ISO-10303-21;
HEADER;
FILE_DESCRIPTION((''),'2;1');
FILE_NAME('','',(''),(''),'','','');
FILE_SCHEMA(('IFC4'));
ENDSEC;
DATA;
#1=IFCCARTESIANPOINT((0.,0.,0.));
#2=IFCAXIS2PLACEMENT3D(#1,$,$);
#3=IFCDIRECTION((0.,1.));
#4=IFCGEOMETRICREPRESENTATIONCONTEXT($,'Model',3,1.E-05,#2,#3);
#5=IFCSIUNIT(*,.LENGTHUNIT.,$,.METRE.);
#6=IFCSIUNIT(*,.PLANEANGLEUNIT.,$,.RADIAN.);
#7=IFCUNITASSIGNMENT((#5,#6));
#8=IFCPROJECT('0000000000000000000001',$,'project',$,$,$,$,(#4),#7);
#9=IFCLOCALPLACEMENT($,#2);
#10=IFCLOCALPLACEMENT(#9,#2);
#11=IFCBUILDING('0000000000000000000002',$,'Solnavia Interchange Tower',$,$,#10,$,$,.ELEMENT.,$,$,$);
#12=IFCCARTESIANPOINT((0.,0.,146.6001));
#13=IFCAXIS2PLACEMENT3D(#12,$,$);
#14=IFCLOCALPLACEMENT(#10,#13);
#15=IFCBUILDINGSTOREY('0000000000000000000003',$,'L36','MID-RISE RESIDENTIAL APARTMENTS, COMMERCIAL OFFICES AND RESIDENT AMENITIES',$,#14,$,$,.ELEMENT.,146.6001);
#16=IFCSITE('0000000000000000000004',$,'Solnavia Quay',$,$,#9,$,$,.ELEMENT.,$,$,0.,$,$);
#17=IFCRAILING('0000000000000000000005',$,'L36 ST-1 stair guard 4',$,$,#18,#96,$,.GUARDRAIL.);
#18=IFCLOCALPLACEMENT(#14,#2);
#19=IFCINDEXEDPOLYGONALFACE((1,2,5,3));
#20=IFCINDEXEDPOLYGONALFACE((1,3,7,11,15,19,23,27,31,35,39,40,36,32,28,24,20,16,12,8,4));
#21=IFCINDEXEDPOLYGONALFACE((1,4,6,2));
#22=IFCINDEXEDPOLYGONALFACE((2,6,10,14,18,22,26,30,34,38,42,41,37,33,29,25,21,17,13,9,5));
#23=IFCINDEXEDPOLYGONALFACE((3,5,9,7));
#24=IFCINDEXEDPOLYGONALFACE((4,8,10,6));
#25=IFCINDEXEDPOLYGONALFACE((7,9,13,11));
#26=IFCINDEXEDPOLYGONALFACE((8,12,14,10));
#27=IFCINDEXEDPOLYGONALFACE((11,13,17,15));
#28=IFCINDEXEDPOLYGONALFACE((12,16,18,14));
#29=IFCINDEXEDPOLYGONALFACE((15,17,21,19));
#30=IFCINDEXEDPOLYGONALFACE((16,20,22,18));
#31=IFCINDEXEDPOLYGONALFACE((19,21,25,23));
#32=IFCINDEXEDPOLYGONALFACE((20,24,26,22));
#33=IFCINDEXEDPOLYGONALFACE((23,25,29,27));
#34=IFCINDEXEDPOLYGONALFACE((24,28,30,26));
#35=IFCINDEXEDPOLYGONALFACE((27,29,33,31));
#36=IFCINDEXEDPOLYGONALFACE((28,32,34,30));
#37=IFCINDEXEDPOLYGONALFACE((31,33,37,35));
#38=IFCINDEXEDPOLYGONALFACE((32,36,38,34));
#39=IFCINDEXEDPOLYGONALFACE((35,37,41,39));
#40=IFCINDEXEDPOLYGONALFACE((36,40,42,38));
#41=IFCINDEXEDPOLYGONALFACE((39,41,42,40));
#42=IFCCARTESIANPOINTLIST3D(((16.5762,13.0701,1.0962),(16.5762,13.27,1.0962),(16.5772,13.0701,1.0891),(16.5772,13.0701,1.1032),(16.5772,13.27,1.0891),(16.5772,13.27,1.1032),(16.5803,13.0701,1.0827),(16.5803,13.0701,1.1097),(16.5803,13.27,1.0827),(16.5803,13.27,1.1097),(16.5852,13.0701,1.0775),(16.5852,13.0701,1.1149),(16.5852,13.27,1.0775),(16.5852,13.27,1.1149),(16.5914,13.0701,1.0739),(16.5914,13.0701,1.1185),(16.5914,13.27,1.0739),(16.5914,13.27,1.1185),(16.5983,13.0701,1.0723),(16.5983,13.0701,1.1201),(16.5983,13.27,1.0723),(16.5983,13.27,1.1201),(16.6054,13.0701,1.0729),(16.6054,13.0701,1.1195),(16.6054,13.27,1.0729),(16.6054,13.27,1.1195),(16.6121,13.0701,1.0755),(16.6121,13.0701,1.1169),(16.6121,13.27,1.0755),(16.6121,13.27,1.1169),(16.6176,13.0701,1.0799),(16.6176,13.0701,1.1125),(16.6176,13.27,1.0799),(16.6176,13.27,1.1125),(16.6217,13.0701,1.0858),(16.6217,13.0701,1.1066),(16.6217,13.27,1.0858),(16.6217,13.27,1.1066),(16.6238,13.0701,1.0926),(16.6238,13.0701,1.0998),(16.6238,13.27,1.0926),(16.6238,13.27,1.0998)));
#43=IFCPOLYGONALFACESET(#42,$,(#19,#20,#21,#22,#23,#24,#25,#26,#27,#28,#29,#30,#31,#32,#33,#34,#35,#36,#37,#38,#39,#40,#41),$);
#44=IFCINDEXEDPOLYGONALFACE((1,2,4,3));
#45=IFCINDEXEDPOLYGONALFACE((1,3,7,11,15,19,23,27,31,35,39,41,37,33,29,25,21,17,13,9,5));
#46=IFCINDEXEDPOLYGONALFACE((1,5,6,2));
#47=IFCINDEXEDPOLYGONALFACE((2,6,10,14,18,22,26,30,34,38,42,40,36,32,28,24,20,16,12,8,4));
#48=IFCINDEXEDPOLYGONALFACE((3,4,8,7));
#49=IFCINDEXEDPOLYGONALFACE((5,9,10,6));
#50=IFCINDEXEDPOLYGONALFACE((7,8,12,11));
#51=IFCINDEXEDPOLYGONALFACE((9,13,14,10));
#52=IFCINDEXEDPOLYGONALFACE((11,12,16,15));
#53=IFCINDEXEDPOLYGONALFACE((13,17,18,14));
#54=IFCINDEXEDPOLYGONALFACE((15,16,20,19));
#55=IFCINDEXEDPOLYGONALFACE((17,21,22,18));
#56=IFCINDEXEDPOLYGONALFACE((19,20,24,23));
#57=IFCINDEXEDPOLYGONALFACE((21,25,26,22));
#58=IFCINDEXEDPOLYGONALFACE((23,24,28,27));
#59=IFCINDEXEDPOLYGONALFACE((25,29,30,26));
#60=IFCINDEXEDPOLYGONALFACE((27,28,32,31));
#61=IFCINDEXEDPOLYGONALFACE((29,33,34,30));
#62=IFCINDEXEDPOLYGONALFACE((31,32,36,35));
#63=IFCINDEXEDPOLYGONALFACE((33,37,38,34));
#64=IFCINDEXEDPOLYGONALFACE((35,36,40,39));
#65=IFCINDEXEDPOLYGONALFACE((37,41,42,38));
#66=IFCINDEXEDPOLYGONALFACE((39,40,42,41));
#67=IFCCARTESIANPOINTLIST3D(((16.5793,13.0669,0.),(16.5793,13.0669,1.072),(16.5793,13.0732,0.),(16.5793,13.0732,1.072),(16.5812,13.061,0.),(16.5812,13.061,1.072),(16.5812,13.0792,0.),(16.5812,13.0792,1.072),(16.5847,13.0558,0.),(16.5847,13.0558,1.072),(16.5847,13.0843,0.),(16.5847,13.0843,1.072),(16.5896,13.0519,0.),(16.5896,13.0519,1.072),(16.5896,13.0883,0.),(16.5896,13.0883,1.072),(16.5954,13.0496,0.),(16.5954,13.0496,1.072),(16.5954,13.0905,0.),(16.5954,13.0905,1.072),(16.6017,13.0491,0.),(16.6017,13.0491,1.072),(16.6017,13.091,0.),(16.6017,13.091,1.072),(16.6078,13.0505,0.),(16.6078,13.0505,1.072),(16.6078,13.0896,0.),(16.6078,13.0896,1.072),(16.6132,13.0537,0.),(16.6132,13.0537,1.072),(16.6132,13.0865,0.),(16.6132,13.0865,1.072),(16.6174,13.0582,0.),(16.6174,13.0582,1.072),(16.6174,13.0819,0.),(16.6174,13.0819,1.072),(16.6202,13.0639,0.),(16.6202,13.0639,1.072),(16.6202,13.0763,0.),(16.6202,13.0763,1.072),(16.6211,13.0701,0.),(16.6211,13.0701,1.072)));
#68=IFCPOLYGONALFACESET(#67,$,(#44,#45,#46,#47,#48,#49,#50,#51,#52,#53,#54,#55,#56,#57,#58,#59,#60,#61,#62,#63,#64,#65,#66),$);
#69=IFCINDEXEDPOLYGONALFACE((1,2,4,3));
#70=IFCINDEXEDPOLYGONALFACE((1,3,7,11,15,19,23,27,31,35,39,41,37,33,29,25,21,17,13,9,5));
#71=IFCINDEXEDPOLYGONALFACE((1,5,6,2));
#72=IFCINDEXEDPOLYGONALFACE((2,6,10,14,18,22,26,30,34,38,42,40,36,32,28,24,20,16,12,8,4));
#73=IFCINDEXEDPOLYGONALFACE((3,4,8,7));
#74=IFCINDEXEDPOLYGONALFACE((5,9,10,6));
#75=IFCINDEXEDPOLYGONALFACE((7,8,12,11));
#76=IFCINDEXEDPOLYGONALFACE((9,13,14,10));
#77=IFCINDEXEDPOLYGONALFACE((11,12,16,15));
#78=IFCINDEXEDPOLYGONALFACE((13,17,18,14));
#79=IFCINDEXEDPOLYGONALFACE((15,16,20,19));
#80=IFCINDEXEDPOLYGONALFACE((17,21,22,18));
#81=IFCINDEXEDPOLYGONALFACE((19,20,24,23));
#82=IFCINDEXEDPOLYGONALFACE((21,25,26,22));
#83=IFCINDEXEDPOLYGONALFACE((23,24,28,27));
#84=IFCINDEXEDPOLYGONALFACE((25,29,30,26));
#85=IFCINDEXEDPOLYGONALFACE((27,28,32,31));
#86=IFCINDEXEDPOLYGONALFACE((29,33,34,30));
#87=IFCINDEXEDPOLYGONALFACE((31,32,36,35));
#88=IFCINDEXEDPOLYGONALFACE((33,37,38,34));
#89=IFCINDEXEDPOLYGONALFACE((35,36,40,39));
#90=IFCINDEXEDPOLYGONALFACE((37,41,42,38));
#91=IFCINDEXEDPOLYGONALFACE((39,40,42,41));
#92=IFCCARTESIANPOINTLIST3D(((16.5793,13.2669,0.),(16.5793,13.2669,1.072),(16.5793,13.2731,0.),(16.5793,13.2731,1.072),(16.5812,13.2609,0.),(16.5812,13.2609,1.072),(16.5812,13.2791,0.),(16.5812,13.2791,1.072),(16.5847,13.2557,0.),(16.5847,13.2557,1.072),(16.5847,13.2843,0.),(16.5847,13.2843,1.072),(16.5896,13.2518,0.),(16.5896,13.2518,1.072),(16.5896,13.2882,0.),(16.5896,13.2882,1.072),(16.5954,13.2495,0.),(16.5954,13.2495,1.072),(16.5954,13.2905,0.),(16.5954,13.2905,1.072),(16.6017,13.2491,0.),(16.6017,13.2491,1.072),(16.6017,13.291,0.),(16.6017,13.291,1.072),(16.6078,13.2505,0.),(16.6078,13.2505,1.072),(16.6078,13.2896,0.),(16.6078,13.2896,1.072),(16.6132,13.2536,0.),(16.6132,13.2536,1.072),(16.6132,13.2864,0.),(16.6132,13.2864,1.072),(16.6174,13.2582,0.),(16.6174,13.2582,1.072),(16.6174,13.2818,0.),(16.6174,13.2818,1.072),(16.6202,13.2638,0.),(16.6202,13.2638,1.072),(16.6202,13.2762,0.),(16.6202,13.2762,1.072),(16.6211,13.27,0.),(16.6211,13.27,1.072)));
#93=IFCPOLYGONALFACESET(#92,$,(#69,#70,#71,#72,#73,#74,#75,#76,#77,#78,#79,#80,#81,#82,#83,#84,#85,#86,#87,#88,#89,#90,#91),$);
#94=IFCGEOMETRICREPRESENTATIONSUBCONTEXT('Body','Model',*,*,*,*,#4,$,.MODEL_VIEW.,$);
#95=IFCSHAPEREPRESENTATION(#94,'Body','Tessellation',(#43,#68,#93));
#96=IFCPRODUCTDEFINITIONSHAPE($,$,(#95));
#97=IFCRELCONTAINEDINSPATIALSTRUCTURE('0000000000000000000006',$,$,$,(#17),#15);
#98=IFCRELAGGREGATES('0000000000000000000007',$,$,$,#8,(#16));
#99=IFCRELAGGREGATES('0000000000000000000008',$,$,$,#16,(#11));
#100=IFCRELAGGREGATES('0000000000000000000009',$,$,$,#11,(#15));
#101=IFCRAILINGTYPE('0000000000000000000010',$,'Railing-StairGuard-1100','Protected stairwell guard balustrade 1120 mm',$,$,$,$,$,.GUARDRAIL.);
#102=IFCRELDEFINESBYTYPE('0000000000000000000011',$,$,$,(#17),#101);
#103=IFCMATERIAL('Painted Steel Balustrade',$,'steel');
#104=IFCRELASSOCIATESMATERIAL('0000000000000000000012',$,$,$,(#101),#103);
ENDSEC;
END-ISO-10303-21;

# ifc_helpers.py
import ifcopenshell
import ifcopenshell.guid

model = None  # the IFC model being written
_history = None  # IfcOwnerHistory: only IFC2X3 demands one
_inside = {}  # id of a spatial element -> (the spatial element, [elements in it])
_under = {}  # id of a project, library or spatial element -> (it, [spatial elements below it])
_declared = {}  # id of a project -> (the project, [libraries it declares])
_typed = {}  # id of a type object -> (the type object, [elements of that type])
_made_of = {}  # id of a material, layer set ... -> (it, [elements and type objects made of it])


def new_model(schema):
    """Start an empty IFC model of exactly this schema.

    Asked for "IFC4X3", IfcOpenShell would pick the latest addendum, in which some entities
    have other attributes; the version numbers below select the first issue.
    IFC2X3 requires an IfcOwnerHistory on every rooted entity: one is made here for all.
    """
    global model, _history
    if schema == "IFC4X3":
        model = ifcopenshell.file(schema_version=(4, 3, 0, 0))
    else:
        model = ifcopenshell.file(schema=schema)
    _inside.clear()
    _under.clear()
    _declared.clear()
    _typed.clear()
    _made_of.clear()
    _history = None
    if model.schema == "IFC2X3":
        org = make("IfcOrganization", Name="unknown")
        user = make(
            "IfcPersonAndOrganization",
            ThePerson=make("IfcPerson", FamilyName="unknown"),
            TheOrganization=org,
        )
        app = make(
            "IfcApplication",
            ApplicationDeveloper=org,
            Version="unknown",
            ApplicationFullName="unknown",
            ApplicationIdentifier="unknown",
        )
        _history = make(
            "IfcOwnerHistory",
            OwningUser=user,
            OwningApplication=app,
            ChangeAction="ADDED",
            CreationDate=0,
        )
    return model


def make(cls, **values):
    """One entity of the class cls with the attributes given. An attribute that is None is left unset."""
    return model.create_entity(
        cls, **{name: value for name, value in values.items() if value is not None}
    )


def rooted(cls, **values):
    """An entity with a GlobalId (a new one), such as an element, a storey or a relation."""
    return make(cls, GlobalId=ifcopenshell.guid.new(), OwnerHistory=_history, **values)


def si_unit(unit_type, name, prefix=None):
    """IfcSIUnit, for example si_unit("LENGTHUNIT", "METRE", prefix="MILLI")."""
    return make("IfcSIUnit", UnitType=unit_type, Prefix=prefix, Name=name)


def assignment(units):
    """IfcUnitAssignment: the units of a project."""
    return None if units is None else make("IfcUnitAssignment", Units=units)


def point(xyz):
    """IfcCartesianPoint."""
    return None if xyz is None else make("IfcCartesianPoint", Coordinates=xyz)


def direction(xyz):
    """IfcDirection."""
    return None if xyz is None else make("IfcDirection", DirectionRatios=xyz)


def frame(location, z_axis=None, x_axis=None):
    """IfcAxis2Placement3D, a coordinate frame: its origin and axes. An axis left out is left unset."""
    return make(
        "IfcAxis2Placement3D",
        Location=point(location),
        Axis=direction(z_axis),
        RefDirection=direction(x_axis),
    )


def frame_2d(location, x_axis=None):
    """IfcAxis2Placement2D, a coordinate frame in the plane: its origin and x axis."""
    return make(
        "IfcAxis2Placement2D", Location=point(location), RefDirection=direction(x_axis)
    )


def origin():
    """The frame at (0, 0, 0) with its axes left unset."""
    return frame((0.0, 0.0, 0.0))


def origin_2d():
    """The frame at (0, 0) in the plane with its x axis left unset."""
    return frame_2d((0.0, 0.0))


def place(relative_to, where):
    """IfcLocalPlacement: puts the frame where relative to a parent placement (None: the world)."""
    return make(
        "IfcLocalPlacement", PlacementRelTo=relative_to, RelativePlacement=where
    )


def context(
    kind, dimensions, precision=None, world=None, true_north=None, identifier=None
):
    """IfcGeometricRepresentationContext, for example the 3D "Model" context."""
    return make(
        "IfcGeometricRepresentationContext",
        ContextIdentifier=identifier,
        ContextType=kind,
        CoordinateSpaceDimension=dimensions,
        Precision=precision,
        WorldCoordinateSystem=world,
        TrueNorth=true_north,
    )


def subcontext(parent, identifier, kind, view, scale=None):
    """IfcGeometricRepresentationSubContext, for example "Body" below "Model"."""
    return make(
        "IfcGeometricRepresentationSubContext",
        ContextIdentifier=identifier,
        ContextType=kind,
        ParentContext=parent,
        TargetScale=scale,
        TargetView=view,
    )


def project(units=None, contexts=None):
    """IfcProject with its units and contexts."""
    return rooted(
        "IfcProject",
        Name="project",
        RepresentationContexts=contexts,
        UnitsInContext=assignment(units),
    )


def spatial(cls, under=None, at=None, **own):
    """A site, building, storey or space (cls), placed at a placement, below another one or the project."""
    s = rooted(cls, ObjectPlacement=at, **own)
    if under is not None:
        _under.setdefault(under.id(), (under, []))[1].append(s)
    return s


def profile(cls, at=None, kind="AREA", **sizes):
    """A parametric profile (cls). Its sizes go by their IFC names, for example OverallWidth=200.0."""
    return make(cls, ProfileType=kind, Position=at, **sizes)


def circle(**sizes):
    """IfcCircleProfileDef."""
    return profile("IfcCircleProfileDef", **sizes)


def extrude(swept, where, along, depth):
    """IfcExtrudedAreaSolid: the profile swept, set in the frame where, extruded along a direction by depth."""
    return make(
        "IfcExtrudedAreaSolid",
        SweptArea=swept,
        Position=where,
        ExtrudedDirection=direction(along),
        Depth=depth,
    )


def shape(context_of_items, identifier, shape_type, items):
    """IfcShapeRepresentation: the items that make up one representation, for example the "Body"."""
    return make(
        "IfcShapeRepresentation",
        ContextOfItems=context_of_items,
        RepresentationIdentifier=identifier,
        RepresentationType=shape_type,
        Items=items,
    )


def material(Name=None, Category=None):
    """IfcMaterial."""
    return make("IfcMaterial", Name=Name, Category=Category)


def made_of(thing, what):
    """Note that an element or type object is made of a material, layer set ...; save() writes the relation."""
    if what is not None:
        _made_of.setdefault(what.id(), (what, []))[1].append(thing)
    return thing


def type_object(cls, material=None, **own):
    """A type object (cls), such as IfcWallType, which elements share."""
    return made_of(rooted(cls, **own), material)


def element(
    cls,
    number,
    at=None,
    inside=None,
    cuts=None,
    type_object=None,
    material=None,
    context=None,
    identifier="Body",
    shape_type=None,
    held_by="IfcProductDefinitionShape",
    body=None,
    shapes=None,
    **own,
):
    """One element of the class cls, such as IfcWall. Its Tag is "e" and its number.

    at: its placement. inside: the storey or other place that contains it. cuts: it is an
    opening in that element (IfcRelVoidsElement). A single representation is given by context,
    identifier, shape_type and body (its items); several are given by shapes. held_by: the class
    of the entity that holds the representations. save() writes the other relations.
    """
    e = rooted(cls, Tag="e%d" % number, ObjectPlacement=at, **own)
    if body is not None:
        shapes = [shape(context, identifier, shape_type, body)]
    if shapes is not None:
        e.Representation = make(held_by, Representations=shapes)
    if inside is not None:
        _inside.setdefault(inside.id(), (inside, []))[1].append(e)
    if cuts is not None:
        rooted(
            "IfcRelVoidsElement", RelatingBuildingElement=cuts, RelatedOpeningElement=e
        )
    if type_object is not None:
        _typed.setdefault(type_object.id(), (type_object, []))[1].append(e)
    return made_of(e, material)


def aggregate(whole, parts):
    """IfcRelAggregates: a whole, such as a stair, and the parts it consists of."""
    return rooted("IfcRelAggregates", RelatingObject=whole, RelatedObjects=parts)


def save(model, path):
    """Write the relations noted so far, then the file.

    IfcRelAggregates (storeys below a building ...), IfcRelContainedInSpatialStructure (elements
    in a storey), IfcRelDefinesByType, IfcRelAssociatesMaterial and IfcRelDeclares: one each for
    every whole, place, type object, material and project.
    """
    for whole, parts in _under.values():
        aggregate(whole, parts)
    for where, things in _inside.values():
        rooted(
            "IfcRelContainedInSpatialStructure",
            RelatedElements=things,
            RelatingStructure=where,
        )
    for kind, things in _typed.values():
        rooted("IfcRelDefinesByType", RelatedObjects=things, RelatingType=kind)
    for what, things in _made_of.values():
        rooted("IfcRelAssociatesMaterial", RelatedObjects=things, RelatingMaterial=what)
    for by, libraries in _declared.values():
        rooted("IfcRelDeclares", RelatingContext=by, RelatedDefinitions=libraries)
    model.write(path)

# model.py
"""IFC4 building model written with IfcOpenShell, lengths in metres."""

from ifc_helpers import new_model, si_unit, direction, frame, origin, origin_2d, place, context, subcontext, project, spatial, circle, extrude, material, type_object, element, save


model = new_model("IFC4")

# Units and contexts
model_context = context("Model", 3, precision=1e-05, world=origin(), true_north=direction((0.0, 1.0)))
body_context = subcontext(model_context, "Body", "Model", "MODEL_VIEW")
ifc_project = project(units=[si_unit("LENGTHUNIT", "METRE"), si_unit("PLANEANGLEUNIT", "RADIAN")], contexts=[model_context])

# Site, building, storey
site_placement = place(None, origin())
site = spatial("IfcSite", under=ifc_project, at=site_placement, Name="Solnavia Quay", CompositionType="ELEMENT", RefElevation=0.0)
building_placement = place(site_placement, origin())
building = spatial("IfcBuilding", under=site, at=building_placement, Name="Solnavia Interchange Tower", CompositionType="ELEMENT")
storey_placement = place(building_placement, frame((0.0, 0.0, 146.6001)))
storey = spatial("IfcBuildingStorey", under=building, at=storey_placement, Name="L36", Description="MID-RISE RESIDENTIAL APARTMENTS, COMMERCIAL OFFICES AND RESIDENT AMENITIES", CompositionType="ELEMENT", Elevation=146.6001)

# Railing
ifc_material_1 = material(Name="Painted Steel Balustrade", Category="steel")
railing_type_1 = type_object("IfcRailingType", Name="Railing-StairGuard-1100", Description="Protected stairwell guard balustrade 1120 mm", PredefinedType="GUARDRAIL", material=ifc_material_1)
railing_1_placement = place(storey_placement, frame((16.6001, 13.0701, 0.0)))
element("IfcRailing", 1, at=railing_1_placement, inside=storey, type_object=railing_type_1, Name="L36 ST-1 stair guard 4", PredefinedType="GUARDRAIL", context=body_context, shape_type="SweptSolid", body=[
    extrude(circle(Radius=0.0239, at=origin_2d()), frame((0.0, 0.0, 1.0962), z_axis=(0.0, 1.0, 0.0), x_axis=(-1.0, 0.0, 0.0)), (0.0, 0.0, 1.0), 0.2),
    extrude(circle(Radius=0.021, at=origin_2d()), origin(), (0.0, 0.0, 1.0), 1.072),
    extrude(circle(Radius=0.021, at=origin_2d()), frame((0.0, 0.2, 0.0)), (0.0, 0.0, 1.0), 1.072),
])

save(model, "model.ifc")
